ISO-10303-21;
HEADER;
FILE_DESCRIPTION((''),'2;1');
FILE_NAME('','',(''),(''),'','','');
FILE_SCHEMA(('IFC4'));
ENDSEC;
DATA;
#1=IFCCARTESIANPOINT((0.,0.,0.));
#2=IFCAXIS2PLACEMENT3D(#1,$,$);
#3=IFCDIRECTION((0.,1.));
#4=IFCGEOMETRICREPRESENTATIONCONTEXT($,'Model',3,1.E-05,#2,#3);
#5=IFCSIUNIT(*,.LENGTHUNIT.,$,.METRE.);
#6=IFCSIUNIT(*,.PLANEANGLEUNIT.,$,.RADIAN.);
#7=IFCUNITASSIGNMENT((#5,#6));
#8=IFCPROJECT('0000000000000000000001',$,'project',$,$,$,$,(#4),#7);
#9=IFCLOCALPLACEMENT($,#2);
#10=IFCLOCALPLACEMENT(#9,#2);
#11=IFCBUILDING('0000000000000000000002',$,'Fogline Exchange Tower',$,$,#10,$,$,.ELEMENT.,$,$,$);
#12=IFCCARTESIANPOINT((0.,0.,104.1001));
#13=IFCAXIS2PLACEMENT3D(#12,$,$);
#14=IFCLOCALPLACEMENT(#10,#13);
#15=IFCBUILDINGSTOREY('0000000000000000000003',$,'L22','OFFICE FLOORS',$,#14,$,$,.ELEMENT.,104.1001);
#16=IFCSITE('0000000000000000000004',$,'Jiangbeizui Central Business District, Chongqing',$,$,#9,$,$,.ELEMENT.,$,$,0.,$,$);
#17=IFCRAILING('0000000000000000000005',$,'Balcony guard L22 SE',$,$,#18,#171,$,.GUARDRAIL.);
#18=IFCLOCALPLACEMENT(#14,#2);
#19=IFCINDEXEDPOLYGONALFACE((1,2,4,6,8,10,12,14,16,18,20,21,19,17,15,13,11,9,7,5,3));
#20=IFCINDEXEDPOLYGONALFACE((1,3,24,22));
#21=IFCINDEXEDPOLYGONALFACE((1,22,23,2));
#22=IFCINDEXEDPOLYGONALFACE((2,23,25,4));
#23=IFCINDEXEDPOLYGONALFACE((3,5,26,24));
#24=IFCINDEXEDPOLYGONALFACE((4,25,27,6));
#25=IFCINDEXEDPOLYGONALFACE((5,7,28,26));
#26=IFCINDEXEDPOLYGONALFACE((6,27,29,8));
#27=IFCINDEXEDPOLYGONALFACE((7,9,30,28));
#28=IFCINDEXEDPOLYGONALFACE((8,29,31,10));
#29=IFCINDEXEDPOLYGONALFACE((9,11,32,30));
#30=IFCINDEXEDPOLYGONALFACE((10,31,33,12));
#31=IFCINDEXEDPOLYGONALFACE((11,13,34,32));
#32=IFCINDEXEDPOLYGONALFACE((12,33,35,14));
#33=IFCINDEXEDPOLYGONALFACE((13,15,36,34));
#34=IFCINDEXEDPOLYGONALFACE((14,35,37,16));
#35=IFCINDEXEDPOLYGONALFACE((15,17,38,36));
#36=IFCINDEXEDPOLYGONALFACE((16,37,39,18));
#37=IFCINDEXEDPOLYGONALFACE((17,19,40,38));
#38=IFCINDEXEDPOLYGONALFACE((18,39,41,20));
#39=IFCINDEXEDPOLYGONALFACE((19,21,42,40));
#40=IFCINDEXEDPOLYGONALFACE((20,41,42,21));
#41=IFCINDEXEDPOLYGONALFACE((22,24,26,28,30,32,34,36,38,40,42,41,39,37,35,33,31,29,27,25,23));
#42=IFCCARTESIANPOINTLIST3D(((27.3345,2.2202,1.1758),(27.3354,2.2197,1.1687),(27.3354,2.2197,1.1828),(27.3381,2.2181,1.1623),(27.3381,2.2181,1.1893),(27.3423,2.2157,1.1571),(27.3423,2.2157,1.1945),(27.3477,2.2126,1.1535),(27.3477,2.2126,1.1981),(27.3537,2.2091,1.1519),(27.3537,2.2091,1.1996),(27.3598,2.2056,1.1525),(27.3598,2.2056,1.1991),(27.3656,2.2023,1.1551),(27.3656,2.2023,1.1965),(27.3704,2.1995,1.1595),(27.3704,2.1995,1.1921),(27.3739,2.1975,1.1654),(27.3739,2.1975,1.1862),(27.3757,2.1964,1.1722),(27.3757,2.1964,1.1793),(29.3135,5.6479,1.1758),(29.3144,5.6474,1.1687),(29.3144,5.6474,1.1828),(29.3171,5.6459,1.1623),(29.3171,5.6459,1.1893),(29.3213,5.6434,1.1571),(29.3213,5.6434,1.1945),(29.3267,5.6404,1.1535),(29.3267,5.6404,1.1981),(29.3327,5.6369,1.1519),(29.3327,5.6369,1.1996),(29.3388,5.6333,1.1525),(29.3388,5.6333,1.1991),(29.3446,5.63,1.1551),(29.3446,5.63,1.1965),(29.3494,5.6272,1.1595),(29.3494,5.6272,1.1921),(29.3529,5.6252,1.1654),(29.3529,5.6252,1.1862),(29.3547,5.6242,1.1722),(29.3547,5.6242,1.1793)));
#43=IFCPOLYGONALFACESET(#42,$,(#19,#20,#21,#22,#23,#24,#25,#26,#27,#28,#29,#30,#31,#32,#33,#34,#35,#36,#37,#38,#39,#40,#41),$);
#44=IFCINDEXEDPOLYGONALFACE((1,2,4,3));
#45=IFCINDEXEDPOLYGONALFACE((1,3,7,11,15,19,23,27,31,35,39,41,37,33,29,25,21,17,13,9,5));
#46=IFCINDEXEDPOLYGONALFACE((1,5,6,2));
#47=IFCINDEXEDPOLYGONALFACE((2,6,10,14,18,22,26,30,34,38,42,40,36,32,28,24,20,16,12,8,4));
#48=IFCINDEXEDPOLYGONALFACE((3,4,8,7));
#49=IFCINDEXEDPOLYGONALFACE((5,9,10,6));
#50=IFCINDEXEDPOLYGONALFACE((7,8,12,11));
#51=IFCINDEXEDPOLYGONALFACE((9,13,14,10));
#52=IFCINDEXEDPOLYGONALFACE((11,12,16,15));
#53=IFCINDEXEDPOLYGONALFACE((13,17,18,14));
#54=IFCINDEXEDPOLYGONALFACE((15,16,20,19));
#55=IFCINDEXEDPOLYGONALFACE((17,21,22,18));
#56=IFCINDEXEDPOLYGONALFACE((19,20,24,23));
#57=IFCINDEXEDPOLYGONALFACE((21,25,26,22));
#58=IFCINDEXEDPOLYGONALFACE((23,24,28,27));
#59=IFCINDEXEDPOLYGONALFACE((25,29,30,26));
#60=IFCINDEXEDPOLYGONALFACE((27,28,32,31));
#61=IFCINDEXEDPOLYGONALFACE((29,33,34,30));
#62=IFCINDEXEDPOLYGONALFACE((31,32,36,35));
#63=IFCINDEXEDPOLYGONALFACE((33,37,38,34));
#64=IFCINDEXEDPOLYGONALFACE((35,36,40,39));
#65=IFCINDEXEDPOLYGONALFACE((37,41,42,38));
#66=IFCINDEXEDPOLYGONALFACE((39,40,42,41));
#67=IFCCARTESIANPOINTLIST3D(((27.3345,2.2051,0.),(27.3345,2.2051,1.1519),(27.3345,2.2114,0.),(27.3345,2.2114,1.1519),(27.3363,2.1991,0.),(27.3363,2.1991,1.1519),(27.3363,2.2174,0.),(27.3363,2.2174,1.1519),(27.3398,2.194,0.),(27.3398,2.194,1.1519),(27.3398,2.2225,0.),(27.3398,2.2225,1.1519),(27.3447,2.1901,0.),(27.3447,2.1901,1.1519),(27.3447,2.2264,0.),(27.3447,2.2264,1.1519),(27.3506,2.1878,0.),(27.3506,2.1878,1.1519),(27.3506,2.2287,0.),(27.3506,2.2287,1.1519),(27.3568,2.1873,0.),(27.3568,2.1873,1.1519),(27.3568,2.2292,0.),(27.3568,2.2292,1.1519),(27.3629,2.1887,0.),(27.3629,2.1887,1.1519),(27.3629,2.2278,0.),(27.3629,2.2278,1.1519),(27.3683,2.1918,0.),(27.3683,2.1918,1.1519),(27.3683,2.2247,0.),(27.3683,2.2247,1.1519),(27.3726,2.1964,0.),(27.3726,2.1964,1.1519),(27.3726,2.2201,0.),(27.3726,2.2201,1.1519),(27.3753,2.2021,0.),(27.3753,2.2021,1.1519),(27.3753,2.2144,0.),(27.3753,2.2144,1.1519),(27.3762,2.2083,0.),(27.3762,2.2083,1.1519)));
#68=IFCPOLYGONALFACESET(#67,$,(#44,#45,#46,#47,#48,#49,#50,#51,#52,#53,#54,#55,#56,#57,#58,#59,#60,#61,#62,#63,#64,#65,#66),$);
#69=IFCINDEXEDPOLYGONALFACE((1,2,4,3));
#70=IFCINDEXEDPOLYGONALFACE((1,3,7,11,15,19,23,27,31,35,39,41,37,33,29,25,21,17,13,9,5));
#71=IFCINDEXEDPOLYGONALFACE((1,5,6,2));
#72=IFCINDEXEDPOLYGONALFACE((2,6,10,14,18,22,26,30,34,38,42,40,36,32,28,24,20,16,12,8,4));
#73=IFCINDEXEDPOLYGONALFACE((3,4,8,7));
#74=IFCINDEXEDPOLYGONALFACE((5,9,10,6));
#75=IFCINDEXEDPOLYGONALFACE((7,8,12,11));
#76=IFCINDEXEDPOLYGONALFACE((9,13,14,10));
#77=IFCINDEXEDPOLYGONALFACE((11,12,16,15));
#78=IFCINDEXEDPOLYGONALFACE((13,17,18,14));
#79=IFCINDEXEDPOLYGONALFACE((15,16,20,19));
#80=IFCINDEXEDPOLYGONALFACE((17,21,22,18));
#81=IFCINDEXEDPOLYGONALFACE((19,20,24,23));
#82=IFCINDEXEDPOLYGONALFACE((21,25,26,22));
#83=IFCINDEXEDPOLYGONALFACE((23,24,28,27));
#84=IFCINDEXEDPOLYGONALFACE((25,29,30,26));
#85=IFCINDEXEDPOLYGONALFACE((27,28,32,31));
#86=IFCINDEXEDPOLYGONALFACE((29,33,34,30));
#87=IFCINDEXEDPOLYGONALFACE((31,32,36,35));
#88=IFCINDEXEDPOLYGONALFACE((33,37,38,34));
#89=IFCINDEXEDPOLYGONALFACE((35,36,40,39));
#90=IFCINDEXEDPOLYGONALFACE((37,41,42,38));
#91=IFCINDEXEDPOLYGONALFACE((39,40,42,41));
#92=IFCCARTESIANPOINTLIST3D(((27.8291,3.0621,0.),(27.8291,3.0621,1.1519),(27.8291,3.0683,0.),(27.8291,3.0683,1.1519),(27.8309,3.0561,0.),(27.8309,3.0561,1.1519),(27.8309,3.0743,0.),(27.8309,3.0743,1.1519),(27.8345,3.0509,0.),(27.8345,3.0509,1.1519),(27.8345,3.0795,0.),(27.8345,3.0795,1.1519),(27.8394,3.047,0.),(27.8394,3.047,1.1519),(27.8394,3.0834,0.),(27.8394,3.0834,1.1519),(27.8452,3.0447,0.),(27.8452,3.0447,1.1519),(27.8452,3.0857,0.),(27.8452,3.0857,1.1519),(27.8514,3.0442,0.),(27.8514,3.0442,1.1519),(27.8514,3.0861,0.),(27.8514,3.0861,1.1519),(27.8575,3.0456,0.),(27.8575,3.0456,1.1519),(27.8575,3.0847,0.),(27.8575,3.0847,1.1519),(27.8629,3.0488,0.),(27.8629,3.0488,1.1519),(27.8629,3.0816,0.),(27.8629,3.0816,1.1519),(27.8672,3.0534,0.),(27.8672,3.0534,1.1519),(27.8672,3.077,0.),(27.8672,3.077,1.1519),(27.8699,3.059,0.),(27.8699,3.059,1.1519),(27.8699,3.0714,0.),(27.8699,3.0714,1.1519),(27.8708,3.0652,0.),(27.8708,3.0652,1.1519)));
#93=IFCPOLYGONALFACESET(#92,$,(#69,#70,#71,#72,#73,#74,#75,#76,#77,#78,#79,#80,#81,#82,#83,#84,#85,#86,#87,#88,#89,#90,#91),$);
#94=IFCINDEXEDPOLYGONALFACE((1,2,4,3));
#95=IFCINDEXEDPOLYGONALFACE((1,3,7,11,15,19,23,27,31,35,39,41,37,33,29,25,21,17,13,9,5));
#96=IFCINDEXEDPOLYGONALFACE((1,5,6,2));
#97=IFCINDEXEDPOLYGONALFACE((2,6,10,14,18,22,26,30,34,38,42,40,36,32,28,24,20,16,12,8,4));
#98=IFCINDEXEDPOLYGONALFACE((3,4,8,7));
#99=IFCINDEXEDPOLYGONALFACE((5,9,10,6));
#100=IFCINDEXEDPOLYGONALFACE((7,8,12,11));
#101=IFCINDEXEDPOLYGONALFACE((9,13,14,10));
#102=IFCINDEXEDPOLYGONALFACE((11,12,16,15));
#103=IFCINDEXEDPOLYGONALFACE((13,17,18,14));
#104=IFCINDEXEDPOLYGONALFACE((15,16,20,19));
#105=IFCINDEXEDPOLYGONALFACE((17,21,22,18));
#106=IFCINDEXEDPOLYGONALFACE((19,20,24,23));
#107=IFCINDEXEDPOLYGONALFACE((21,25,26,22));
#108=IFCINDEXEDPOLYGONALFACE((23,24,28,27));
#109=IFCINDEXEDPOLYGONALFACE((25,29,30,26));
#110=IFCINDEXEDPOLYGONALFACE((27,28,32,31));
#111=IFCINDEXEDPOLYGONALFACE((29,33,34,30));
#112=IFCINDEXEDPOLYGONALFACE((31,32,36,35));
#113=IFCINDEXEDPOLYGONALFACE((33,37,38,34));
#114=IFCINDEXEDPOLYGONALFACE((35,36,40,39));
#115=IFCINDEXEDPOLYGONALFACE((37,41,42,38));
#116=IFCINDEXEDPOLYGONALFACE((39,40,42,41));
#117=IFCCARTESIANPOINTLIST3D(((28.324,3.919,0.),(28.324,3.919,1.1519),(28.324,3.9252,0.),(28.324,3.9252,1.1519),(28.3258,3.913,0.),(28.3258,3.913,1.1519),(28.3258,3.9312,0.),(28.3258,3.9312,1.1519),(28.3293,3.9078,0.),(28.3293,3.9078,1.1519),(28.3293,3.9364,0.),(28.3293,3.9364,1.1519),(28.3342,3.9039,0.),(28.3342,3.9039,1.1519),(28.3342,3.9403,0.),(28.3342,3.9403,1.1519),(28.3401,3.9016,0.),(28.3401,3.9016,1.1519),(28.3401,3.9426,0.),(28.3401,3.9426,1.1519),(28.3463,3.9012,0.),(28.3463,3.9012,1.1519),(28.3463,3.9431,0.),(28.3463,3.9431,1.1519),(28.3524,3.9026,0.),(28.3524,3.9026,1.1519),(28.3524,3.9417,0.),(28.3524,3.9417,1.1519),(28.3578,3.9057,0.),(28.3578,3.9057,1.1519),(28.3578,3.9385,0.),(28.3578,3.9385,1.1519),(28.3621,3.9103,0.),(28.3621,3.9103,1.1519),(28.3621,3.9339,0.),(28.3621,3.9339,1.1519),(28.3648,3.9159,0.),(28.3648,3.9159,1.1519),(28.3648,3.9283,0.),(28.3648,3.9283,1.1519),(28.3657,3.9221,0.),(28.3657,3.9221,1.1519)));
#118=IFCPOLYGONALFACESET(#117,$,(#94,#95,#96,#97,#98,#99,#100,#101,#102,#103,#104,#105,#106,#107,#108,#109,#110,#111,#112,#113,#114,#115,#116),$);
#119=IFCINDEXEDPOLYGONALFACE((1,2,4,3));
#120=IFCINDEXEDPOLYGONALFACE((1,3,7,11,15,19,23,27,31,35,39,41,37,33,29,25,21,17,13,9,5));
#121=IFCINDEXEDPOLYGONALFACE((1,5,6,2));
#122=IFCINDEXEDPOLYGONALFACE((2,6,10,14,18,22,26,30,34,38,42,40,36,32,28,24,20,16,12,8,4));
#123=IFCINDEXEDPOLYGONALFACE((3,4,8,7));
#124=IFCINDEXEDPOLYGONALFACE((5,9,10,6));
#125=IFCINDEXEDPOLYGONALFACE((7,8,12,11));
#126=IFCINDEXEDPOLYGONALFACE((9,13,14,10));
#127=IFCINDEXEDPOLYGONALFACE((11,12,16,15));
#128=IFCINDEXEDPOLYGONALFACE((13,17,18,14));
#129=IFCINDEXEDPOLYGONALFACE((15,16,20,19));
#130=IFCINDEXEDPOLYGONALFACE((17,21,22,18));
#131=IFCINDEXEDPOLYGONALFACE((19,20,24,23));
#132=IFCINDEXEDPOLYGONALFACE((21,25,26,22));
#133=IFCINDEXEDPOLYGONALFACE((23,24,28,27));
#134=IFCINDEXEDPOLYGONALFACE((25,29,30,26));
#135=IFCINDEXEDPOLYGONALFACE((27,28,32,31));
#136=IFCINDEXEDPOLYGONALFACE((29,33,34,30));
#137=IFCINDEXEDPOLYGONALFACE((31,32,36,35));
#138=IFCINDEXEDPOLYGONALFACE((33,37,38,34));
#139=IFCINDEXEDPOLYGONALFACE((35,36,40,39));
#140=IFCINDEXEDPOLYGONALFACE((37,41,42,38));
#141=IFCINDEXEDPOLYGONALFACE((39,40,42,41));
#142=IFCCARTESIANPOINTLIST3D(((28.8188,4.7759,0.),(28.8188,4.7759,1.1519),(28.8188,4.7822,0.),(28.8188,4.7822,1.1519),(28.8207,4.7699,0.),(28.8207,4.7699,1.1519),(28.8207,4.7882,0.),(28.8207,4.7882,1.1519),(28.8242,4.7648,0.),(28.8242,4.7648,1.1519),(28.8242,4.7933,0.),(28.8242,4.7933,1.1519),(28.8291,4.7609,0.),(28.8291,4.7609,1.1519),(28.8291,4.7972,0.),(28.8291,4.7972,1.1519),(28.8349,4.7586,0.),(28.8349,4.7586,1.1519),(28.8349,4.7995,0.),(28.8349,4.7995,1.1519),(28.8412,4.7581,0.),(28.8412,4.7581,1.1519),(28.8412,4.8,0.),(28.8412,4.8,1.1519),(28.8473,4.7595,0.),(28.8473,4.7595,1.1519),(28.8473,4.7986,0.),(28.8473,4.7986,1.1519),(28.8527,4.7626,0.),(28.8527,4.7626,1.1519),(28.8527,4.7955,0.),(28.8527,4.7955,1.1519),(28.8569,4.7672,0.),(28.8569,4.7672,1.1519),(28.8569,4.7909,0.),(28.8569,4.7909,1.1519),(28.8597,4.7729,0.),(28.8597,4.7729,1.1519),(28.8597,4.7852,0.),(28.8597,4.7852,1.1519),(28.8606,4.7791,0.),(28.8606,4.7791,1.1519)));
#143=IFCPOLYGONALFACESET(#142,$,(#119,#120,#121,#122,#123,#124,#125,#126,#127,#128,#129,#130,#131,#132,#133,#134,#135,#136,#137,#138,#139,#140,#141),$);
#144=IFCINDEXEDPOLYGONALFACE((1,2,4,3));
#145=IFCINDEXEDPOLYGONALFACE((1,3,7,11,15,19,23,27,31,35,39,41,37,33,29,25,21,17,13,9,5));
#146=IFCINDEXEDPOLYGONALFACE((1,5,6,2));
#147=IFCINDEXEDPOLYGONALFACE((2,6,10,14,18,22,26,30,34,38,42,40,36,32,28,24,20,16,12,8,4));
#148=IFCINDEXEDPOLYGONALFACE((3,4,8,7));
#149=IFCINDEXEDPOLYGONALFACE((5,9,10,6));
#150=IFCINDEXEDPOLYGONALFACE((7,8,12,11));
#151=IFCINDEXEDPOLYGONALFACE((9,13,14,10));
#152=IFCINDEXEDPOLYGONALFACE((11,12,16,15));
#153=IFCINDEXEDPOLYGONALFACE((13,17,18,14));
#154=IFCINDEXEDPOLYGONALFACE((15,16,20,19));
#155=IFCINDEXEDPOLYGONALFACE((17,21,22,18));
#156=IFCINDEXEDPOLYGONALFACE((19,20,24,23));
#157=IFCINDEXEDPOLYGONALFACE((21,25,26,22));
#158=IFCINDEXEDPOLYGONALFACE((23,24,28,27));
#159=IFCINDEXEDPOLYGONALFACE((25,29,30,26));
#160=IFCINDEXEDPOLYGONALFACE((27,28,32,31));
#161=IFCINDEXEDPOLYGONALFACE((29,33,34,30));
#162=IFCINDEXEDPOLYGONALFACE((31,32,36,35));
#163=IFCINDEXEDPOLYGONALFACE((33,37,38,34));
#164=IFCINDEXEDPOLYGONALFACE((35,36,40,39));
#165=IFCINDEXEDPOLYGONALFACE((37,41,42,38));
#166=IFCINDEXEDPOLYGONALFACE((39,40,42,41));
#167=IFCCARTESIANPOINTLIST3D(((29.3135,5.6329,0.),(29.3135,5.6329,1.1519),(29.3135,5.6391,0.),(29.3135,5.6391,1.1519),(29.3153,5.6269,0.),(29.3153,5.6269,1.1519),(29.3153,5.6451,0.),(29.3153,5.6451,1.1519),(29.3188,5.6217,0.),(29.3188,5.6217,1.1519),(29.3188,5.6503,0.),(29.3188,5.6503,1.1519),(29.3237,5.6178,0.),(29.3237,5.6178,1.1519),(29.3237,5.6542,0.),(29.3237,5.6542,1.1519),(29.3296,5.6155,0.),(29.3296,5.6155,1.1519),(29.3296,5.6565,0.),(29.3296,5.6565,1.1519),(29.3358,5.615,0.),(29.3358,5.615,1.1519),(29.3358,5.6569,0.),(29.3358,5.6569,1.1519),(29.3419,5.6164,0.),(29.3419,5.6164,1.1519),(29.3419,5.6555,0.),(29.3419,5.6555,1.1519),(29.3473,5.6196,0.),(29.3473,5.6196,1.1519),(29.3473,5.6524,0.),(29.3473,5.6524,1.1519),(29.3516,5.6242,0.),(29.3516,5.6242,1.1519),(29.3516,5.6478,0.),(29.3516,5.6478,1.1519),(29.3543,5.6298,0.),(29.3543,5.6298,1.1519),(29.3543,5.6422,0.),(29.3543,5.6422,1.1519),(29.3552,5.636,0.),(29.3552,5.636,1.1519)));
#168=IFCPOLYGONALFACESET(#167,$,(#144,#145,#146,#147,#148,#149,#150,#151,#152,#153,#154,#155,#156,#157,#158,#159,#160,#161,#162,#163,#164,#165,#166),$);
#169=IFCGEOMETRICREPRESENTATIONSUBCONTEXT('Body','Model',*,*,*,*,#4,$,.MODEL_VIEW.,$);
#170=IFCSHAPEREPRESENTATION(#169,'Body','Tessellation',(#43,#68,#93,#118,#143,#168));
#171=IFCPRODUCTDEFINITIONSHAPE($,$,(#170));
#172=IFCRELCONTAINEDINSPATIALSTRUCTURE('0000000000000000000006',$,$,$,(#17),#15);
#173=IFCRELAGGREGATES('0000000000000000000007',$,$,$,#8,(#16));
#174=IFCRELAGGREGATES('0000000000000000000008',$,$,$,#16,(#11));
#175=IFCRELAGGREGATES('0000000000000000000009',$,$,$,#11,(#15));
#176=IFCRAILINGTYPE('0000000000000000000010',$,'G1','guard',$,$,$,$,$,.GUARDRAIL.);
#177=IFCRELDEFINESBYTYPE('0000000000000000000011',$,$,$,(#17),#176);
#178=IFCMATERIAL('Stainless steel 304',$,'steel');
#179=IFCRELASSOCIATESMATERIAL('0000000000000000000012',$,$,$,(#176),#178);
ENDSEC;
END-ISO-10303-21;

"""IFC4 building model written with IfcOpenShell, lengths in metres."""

from ifc_helpers import new_model, si_unit, direction, frame, origin, origin_2d, place, context, subcontext, project, spatial, circle, extrude, material, type_object, element, save


model = new_model("IFC4")

# Units and contexts
model_context = context("Model", 3, precision=1e-05, world=origin(), true_north=direction((0.0, 1.0)))
body_context = subcontext(model_context, "Body", "Model", "MODEL_VIEW")
ifc_project = project(units=[si_unit("LENGTHUNIT", "METRE"), si_unit("PLANEANGLEUNIT", "RADIAN")], contexts=[model_context])

# Site, building, storey
site_placement = place(None, origin())
site = spatial("IfcSite", under=ifc_project, at=site_placement, Name="Jiangbeizui Central Business District, Chongqing", CompositionType="ELEMENT", RefElevation=0.0)
building_placement = place(site_placement, origin())
building = spatial("IfcBuilding", under=site, at=building_placement, Name="Fogline Exchange Tower", CompositionType="ELEMENT")
storey_placement = place(building_placement, frame((0.0, 0.0, 104.1001)))
storey = spatial("IfcBuildingStorey", under=building, at=storey_placement, Name="L22", Description="OFFICE FLOORS", CompositionType="ELEMENT", Elevation=104.1001)

# Railing
ifc_material_1 = material(Name="Stainless steel 304", Category="steel")
railing_type = type_object("IfcRailingType", Name="G1", Description="guard", PredefinedType="GUARDRAIL", material=ifc_material_1)
railing_placement = place(storey_placement, frame((27.3552, 2.2083, 0.0)))
element("IfcRailing", 1, at=railing_placement, inside=storey, type_object=railing_type, Name="Balcony guard L22 SE", PredefinedType="GUARDRAIL", context=body_context, shape_type="SweptSolid", body=[
    extrude(circle(Radius=0.0239, at=origin_2d()), frame((0.0, 0.0, 1.1758), z_axis=(0.5, 0.866025, 0.0), x_axis=(-0.866025, 0.5, 0.0)), (0.0, 0.0, 1.0), 3.958),
    extrude(circle(Radius=0.021, at=origin_2d()), origin(), (0.0, 0.0, 1.0), 1.1519),
    extrude(circle(Radius=0.021, at=origin_2d()), frame((0.4946, 0.8569, 0.0)), (0.0, 0.0, 1.0), 1.1519),
    extrude(circle(Radius=0.021, at=origin_2d()), frame((0.9895, 1.7139, 0.0)), (0.0, 0.0, 1.0), 1.1519),
    extrude(circle(Radius=0.021, at=origin_2d()), frame((1.4844, 2.5708, 0.0)), (0.0, 0.0, 1.0), 1.1519),
    extrude(circle(Radius=0.021, at=origin_2d()), frame((1.979, 3.4277, 0.0)), (0.0, 0.0, 1.0), 1.1519),
])

save(model, "model.ifc")
